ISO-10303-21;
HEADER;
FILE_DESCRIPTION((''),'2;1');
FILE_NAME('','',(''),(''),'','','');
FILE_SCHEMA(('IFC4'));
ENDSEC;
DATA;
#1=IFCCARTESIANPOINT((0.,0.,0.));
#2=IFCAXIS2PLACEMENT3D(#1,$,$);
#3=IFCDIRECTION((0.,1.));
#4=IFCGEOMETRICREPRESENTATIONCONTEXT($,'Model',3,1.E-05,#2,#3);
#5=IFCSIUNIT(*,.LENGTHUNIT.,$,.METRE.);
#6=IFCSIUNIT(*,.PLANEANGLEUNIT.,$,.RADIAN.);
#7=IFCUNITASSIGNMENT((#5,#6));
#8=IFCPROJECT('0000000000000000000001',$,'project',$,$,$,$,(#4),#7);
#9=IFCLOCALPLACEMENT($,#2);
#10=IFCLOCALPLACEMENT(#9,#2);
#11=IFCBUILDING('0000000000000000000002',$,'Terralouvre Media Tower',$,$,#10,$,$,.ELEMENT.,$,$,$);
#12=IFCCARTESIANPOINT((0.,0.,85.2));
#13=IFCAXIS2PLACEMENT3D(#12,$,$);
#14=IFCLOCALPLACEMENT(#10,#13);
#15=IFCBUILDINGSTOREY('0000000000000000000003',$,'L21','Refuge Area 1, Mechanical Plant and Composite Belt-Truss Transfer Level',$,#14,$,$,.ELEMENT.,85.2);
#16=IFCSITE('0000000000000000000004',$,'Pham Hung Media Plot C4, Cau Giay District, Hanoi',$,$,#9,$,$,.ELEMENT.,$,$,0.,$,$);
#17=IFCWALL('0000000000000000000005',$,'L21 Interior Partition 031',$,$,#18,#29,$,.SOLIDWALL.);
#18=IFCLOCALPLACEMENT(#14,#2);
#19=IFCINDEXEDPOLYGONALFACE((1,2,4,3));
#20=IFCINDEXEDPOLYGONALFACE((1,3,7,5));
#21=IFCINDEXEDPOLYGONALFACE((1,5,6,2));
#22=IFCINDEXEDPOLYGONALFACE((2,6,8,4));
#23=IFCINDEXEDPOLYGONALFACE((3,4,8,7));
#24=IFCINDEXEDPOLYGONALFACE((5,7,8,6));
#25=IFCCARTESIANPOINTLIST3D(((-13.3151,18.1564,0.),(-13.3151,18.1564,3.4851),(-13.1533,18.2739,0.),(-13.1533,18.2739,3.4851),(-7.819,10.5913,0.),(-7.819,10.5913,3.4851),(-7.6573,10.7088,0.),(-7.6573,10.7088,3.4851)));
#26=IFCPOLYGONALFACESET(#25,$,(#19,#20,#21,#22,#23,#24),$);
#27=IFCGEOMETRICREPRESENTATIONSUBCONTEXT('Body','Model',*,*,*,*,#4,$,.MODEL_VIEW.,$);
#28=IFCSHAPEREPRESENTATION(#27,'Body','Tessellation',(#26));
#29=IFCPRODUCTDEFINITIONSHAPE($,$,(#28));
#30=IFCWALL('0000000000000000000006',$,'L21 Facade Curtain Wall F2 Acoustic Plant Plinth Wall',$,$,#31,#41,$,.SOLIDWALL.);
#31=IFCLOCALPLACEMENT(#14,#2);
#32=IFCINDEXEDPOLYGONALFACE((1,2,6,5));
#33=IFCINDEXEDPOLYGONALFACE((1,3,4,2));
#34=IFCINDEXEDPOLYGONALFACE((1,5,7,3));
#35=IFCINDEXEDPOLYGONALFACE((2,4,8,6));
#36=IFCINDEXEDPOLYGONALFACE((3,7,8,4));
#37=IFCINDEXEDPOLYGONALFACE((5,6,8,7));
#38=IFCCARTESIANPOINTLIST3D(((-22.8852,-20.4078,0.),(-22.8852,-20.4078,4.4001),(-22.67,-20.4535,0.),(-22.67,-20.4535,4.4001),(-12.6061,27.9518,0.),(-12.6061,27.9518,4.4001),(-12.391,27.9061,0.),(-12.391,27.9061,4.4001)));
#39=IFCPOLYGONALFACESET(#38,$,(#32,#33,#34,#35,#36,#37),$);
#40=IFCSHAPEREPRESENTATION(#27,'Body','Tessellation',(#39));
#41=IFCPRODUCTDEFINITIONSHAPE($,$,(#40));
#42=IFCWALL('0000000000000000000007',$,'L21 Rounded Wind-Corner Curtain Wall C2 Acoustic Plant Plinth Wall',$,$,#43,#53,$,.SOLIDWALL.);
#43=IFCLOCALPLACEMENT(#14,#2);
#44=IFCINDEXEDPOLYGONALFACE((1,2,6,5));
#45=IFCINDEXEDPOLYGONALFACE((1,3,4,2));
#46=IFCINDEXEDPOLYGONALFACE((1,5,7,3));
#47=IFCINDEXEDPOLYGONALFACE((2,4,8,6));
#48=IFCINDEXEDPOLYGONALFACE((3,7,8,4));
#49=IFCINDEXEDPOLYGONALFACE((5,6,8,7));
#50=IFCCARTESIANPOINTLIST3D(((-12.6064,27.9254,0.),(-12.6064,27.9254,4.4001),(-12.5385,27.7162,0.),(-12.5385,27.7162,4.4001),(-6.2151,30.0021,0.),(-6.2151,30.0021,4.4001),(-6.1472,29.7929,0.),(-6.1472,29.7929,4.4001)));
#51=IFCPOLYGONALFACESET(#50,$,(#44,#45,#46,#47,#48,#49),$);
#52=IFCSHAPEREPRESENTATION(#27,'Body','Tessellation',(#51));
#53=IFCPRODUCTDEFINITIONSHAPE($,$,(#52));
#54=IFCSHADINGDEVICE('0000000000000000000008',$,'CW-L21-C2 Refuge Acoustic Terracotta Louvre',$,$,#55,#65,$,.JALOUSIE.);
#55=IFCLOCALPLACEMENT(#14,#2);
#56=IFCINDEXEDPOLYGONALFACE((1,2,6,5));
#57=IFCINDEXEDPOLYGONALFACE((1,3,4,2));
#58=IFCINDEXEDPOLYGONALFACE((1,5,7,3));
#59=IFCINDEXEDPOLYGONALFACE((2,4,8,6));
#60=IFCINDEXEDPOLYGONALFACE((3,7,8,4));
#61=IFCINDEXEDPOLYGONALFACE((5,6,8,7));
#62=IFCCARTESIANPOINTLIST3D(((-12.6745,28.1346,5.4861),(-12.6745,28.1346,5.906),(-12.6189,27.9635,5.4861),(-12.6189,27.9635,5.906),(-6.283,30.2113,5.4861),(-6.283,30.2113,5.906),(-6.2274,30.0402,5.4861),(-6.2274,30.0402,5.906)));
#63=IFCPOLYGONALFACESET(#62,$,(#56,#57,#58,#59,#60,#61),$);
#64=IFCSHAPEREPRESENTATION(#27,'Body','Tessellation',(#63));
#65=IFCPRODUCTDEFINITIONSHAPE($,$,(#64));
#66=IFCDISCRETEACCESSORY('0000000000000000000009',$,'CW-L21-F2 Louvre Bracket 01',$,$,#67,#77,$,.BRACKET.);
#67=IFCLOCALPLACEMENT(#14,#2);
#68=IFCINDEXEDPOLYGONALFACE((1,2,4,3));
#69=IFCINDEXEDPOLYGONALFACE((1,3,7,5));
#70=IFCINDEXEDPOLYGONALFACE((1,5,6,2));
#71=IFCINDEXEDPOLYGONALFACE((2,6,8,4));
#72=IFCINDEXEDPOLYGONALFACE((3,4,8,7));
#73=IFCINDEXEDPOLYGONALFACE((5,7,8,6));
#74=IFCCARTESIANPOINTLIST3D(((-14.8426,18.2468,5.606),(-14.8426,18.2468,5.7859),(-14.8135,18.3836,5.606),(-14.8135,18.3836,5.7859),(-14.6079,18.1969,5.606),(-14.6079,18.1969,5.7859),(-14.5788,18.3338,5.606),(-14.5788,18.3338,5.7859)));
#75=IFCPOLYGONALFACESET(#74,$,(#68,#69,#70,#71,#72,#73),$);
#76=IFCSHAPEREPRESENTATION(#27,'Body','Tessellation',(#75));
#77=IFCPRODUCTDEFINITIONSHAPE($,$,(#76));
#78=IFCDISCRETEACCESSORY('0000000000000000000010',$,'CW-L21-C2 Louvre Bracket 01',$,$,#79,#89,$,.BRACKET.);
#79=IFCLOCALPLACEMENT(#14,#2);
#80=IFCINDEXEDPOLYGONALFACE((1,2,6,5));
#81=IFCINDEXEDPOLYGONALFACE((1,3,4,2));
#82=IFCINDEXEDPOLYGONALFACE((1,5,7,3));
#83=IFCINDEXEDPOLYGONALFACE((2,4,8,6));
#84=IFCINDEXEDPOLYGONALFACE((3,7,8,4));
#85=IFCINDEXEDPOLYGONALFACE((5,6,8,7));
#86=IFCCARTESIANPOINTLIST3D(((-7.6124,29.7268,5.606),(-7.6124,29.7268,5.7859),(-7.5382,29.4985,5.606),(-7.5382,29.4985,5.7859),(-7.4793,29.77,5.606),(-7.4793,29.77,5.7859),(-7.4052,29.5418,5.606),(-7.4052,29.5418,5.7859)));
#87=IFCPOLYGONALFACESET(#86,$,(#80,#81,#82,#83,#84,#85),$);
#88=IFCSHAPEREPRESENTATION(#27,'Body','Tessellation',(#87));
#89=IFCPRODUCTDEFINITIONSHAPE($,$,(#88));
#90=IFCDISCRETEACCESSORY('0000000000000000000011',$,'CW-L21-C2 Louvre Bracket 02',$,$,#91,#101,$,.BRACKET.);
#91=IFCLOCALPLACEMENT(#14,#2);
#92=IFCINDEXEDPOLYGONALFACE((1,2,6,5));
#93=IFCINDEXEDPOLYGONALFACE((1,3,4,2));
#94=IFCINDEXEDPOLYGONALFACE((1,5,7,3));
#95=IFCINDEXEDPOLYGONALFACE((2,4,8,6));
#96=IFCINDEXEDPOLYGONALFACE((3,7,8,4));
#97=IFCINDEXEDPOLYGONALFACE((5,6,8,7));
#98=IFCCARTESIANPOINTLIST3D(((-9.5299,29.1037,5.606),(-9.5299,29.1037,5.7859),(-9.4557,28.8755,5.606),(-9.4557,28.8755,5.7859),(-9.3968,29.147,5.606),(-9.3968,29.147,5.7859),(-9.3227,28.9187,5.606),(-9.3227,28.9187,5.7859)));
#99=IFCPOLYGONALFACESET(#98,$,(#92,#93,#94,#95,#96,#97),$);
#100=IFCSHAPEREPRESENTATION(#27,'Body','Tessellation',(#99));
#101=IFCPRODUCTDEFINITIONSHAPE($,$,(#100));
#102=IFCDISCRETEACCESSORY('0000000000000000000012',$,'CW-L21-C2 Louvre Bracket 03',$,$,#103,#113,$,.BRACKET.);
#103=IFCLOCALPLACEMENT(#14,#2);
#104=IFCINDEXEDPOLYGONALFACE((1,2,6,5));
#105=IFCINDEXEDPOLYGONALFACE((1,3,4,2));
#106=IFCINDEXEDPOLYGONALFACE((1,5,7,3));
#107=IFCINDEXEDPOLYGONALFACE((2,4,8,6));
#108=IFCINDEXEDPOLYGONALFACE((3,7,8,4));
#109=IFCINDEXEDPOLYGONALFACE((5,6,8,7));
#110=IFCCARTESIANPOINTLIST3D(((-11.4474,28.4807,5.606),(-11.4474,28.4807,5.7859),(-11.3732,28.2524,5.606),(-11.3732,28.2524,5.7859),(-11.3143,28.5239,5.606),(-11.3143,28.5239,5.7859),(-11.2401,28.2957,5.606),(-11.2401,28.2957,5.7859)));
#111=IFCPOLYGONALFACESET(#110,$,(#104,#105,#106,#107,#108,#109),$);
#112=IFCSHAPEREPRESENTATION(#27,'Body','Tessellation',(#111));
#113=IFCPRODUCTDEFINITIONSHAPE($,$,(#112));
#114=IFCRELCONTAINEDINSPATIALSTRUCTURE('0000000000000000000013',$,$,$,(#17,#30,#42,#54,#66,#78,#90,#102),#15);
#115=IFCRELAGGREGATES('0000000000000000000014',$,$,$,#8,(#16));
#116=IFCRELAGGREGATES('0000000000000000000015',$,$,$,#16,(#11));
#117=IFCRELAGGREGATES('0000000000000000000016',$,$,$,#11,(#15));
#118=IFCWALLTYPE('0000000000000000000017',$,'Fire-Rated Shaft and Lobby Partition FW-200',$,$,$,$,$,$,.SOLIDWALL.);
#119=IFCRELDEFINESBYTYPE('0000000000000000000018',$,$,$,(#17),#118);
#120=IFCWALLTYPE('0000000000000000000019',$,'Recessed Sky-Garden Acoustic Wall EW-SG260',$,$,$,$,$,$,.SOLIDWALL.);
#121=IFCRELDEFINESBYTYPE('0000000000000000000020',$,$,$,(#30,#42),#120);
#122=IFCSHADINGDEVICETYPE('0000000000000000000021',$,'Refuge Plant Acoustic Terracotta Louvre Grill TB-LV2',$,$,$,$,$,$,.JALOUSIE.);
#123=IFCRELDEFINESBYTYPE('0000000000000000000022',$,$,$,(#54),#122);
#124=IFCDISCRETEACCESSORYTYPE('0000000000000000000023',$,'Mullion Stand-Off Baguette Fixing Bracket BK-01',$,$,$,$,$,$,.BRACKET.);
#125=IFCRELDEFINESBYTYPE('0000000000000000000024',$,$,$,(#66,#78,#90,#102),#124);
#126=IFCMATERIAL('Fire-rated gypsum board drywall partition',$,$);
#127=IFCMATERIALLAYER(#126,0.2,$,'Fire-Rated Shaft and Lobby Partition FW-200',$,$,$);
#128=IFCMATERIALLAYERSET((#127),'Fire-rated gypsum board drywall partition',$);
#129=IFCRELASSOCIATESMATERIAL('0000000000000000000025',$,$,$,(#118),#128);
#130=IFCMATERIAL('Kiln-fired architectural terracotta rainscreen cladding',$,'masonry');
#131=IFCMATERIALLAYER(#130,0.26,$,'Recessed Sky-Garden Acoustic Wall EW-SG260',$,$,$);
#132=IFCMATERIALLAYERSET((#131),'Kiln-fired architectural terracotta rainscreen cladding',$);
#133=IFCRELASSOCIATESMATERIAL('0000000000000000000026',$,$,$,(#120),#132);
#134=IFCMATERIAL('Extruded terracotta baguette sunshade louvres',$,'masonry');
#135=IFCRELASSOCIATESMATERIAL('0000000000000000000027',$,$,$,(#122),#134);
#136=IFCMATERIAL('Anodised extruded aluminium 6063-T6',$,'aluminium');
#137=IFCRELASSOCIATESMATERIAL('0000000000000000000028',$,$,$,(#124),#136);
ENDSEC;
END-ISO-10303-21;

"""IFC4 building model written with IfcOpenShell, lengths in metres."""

from ifc_helpers import new_model, si_unit, direction, frame, frame_2d, origin, origin_2d, place, context, subcontext, project, spatial, rectangle, extrude, material, layer, layer_set, type_object, element, save


model = new_model("IFC4")

# Units and contexts
model_context = context("Model", 3, precision=1e-05, world=origin(), true_north=direction((0.0, 1.0)))
body_context = subcontext(model_context, "Body", "Model", "MODEL_VIEW")
ifc_project = project(units=[si_unit("LENGTHUNIT", "METRE"), si_unit("PLANEANGLEUNIT", "RADIAN")], contexts=[model_context])

# Site, building, storey
site_placement = place(None, origin())
site = spatial("IfcSite", under=ifc_project, at=site_placement, Name="Pham Hung Media Plot C4, Cau Giay District, Hanoi", CompositionType="ELEMENT", RefElevation=0.0)
building_placement = place(site_placement, origin())
building = spatial("IfcBuilding", under=site, at=building_placement, Name="Terralouvre Media Tower", CompositionType="ELEMENT")
storey_placement = place(building_placement, frame((0.0, 0.0, 85.2)))
storey = spatial("IfcBuildingStorey", under=building, at=storey_placement, Name="L21", Description="Refuge Area 1, Mechanical Plant and Composite Belt-Truss Transfer Level", CompositionType="ELEMENT", Elevation=85.2)

# Walls
ifc_material_1 = material(Name="Fire-rated gypsum board drywall partition")
ifc_layer_1 = layer(ifc_material_1, 0.2, Name="Fire-Rated Shaft and Lobby Partition FW-200")
ifc_layer_set_1 = layer_set([ifc_layer_1], Name="Fire-rated gypsum board drywall partition")
wall_type_1 = type_object("IfcWallType", Name="Fire-Rated Shaft and Lobby Partition FW-200", PredefinedType="SOLIDWALL", material=ifc_layer_set_1)
wall_1_placement = place(storey_placement, frame((-13.2341, 18.2151, 0.0), z_axis=(0.0, 0.0, 1.0), x_axis=(0.587762, -0.809034, 0.0)))
element("IfcWall", 1, at=wall_1_placement, inside=storey, type_object=wall_type_1, Name="L21 Interior Partition 031", PredefinedType="SOLIDWALL", context=body_context, shape_type="SweptSolid", body=[
    extrude(rectangle(XDim=9.3508, YDim=0.2, at=frame_2d((4.6753, 0.0))), origin(), (0.0, 0.0, 1.0), 3.4851),
])
ifc_material_2 = material(Name="Kiln-fired architectural terracotta rainscreen cladding", Category="masonry")
ifc_layer_2 = layer(ifc_material_2, 0.26, Name="Recessed Sky-Garden Acoustic Wall EW-SG260")
ifc_layer_set_2 = layer_set([ifc_layer_2], Name="Kiln-fired architectural terracotta rainscreen cladding")
wall_type_2 = type_object("IfcWallType", Name="Recessed Sky-Garden Acoustic Wall EW-SG260", PredefinedType="SOLIDWALL", material=ifc_layer_set_2)
wall_2_placement = place(storey_placement, frame((-12.4985, 27.929, 0.0), z_axis=(0.0, 0.0, 1.0), x_axis=(-0.20791, -0.978148, 0.0)))
element("IfcWall", 2, at=wall_2_placement, inside=storey, type_object=wall_type_2, Name="L21 Facade Curtain Wall F2 Acoustic Plant Plinth Wall", PredefinedType="SOLIDWALL", context=body_context, shape_type="SweptSolid", body=[
    extrude(rectangle(XDim=49.4399, YDim=0.22, at=frame_2d((24.72, 0.0))), origin(), (0.0, 0.0, 1.0), 4.4001),
])
wall_3_placement = place(storey_placement, frame((-6.1812, 29.8975, 0.0), z_axis=(0.0, 0.0, 1.0), x_axis=(-0.951057, -0.309015, 0.0)))
element("IfcWall", 3, at=wall_3_placement, inside=storey, type_object=wall_type_2, Name="L21 Rounded Wind-Corner Curtain Wall C2 Acoustic Plant Plinth Wall", PredefinedType="SOLIDWALL", context=body_context, shape_type="SweptSolid", body=[
    extrude(rectangle(XDim=6.7202, YDim=0.22, at=frame_2d((3.3601, 0.0))), origin(), (0.0, 0.0, 1.0), 4.4001),
])

# Shading device
ifc_material_3 = material(Name="Extruded terracotta baguette sunshade louvres", Category="masonry")
shading_device_type = type_object("IfcShadingDeviceType", Name="Refuge Plant Acoustic Terracotta Louvre Grill TB-LV2", PredefinedType="JALOUSIE", material=ifc_material_3)
shading_device_placement = place(storey_placement, frame((-9.4509, 29.0874, 5.4861), z_axis=(0.0, 0.0, 1.0), x_axis=(-0.951056, -0.309018, 0.0)))
element("IfcShadingDevice", 4, at=shading_device_placement, inside=storey, type_object=shading_device_type, Name="CW-L21-C2 Refuge Acoustic Terracotta Louvre", PredefinedType="JALOUSIE", context=body_context, shape_type="SweptSolid", body=[
    extrude(rectangle(XDim=6.7205, YDim=0.1799, at=origin_2d()), origin(), (0.0, 0.0, 1.0), 0.4199),
])

# Discrete accessories
ifc_material_4 = material(Name="Anodised extruded aluminium 6063-T6", Category="aluminium")
discrete_accessory_type = type_object("IfcDiscreteAccessoryType", Name="Mullion Stand-Off Baguette Fixing Bracket BK-01", PredefinedType="BRACKET", material=ifc_material_4)
for number, where, z_axis, x_axis, name in (
    (5, (-14.7107, 18.2903, 5.606), (0.0, 0.0, 1.0), (-0.207912, -0.978148, 0.0), "CW-L21-F2 Louvre Bracket 01"),
    (6, (-7.5088, 29.6343, 5.606), (0.0, 0.0, 1.0), (-0.951056, -0.309018, 0.0), "CW-L21-C2 Louvre Bracket 01"),
    (7, (-9.4263, 29.0112, 5.606), (0.0, 0.0, 1.0), (-0.951056, -0.309018, 0.0), "CW-L21-C2 Louvre Bracket 02"),
    (8, (-11.3438, 28.3882, 5.606), (0.0, 0.0, 1.0), (-0.951056, -0.309018, 0.0), "CW-L21-C2 Louvre Bracket 03"),
):
    element("IfcDiscreteAccessory", number, at=place(storey_placement, frame(where, z_axis=z_axis, x_axis=x_axis)), inside=storey, type_object=discrete_accessory_type, Name=name, PredefinedType="BRACKET", context=body_context, shape_type="SweptSolid", body=[
        extrude(rectangle(XDim=0.1399, YDim=0.24, at=origin_2d()), origin(), (0.0, 0.0, 1.0), 0.1799),
    ])

save(model, "model.ifc")
